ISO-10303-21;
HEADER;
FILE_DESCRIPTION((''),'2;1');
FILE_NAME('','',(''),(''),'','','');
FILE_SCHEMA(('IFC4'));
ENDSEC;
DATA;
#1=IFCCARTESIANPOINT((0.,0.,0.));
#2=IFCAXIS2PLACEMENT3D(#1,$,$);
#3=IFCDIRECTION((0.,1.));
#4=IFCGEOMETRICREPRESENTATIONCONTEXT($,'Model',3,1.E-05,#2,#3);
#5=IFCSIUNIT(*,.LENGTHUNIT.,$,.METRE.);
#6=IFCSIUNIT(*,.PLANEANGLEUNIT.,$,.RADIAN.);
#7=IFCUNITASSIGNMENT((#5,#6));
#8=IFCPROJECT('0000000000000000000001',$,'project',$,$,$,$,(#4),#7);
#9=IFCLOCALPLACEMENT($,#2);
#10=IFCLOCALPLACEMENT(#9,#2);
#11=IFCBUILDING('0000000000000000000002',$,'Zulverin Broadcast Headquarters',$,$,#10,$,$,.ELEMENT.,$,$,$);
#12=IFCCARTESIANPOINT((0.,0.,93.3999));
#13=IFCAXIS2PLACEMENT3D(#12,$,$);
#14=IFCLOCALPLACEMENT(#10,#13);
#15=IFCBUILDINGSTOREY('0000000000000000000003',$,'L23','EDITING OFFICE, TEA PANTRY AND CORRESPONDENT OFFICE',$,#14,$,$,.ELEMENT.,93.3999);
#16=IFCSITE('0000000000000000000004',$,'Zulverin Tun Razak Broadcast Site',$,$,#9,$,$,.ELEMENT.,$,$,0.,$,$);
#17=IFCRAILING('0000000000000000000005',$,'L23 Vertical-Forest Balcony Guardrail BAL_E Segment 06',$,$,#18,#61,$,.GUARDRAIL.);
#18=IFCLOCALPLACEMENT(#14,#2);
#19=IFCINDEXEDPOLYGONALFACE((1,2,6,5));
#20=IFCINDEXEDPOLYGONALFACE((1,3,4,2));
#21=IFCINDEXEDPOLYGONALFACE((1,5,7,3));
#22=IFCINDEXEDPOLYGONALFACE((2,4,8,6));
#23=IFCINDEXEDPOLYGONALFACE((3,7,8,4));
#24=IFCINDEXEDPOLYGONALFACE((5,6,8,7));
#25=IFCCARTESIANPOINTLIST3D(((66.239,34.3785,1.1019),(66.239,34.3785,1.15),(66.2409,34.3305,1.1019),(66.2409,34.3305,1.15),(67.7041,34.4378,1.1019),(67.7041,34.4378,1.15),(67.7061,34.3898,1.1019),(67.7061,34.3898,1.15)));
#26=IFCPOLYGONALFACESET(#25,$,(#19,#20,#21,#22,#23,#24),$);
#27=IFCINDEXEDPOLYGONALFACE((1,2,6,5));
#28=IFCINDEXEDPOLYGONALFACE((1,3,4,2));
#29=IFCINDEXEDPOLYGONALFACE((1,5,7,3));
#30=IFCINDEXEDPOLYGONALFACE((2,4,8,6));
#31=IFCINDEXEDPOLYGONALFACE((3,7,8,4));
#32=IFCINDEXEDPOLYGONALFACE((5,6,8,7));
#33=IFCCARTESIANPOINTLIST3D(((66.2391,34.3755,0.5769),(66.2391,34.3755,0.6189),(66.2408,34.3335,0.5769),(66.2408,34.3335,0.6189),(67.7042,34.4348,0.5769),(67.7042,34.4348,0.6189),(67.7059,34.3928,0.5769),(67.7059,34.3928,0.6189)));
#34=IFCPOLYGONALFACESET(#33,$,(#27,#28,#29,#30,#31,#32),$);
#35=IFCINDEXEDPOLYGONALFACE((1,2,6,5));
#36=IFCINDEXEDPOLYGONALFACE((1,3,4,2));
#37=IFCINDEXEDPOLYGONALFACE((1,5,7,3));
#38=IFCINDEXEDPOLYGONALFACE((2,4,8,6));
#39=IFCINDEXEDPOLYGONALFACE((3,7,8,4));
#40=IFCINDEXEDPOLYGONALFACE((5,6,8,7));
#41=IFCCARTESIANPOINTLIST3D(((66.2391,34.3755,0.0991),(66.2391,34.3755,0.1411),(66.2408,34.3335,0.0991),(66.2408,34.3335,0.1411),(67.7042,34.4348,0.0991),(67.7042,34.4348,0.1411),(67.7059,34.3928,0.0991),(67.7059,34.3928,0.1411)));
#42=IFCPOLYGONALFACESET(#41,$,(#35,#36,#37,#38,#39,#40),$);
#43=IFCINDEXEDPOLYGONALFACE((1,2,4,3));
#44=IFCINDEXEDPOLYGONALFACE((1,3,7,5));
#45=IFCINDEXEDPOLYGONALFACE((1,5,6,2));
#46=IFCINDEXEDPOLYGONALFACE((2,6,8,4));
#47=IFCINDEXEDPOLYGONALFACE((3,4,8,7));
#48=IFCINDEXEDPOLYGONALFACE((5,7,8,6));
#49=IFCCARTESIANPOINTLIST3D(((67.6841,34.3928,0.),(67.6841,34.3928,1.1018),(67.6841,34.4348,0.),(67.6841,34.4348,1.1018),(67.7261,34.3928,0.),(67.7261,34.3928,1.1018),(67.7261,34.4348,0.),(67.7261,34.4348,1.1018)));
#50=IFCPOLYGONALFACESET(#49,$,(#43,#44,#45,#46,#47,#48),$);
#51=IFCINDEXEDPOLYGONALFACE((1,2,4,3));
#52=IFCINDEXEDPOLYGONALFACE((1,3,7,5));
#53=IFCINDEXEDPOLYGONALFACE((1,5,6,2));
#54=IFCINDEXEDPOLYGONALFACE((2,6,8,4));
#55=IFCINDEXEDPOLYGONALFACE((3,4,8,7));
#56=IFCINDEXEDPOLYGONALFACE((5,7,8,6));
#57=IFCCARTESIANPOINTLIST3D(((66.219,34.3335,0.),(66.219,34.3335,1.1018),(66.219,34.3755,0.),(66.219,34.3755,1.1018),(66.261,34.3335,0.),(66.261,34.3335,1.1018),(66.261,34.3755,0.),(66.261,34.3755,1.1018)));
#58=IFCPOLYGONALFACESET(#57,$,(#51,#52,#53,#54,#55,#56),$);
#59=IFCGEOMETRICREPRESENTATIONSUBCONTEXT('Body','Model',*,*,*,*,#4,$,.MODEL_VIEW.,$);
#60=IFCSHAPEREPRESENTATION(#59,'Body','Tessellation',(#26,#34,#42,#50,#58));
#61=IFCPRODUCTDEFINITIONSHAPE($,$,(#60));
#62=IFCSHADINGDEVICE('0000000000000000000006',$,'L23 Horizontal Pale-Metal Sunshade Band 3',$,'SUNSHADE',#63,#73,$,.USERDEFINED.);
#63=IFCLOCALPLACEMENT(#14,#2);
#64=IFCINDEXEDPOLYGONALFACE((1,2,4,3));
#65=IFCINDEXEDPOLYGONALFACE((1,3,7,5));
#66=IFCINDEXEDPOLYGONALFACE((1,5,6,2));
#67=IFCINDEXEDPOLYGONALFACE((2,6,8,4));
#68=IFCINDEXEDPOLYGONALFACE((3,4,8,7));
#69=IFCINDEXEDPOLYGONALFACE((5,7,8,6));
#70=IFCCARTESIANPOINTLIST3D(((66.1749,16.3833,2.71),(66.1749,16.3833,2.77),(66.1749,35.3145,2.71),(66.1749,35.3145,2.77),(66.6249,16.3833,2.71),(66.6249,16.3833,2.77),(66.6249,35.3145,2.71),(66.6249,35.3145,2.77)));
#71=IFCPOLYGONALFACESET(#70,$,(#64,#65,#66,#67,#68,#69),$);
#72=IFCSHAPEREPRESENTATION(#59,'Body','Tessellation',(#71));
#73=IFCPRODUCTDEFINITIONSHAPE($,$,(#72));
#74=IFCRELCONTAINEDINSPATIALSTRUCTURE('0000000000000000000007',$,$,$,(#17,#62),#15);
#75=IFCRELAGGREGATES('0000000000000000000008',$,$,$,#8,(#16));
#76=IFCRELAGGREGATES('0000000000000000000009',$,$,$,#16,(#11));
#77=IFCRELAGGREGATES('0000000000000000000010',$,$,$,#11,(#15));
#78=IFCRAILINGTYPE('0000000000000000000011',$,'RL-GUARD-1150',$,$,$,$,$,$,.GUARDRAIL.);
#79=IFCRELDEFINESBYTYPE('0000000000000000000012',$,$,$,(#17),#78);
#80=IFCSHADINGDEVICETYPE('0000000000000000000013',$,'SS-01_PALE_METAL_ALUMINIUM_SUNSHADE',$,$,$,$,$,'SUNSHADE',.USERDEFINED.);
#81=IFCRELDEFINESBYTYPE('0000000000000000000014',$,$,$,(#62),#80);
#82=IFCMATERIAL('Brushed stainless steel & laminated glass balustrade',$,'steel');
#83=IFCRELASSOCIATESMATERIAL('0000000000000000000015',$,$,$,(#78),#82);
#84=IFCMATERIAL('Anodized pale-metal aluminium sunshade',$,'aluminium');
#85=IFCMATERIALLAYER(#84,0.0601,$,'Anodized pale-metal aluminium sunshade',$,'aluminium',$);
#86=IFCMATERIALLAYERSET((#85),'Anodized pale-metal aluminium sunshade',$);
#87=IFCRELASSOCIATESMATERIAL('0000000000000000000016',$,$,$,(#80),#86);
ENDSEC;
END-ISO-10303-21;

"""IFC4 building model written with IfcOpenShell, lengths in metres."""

from ifc_helpers import new_model, si_unit, direction, frame, origin, origin_2d, place, context, subcontext, project, spatial, rectangle, extrude, material, layer, layer_set, type_object, element, save


model = new_model("IFC4")

# Units and contexts
model_context = context("Model", 3, precision=1e-05, world=origin(), true_north=direction((0.0, 1.0)))
body_context = subcontext(model_context, "Body", "Model", "MODEL_VIEW")
ifc_project = project(units=[si_unit("LENGTHUNIT", "METRE"), si_unit("PLANEANGLEUNIT", "RADIAN")], contexts=[model_context])

# Site, building, storey
site_placement = place(None, origin())
site = spatial("IfcSite", under=ifc_project, at=site_placement, Name="Zulverin Tun Razak Broadcast Site", CompositionType="ELEMENT", RefElevation=0.0)
building_placement = place(site_placement, origin())
building = spatial("IfcBuilding", under=site, at=building_placement, Name="Zulverin Broadcast Headquarters", CompositionType="ELEMENT")
storey_placement = place(building_placement, frame((0.0, 0.0, 93.3999)))
storey = spatial("IfcBuildingStorey", under=building, at=storey_placement, Name="L23", Description="EDITING OFFICE, TEA PANTRY AND CORRESPONDENT OFFICE", CompositionType="ELEMENT", Elevation=93.3999)

# Railing
ifc_material_1 = material(Name="Brushed stainless steel & laminated glass balustrade", Category="steel")
railing_type = type_object("IfcRailingType", Name="RL-GUARD-1150", PredefinedType="GUARDRAIL", material=ifc_material_1)
railing_1_placement = place(storey_placement, frame((67.7051, 34.4138, 0.0)))
element("IfcRailing", 1, at=railing_1_placement, inside=storey, type_object=railing_type, Name="L23 Vertical-Forest Balcony Guardrail BAL_E Segment 06", PredefinedType="GUARDRAIL", context=body_context, shape_type="SweptSolid", body=[
    extrude(rectangle(XDim=0.0481, YDim=0.0481, at=origin_2d()), frame((0.0, 0.0, 1.126), z_axis=(-0.999181, -0.04046, 0.0), x_axis=(0.04046, -0.999181, 0.0)), (0.0, 0.0, 1.0), 1.4663),
    extrude(rectangle(XDim=0.042, YDim=0.042, at=origin_2d()), frame((0.0, 0.0, 0.5979), z_axis=(-0.999181, -0.04046, 0.0), x_axis=(0.04046, -0.999181, 0.0)), (0.0, 0.0, 1.0), 1.4663),
    extrude(rectangle(XDim=0.042, YDim=0.042, at=origin_2d()), frame((0.0, 0.0, 0.1201), z_axis=(-0.999181, -0.04046, 0.0), x_axis=(0.04046, -0.999181, 0.0)), (0.0, 0.0, 1.0), 1.4663),
    extrude(rectangle(XDim=0.042, YDim=0.042, at=origin_2d()), origin(), (0.0, 0.0, 1.0), 1.1018),
    extrude(rectangle(XDim=0.042, YDim=0.042, at=origin_2d()), frame((-1.4651, -0.0593, 0.0)), (0.0, 0.0, 1.0), 1.1018),
])

# Shading device
ifc_material_2 = material(Name="Anodized pale-metal aluminium sunshade", Category="aluminium")
ifc_layer_1 = layer(ifc_material_2, 0.0601, Name="Anodized pale-metal aluminium sunshade", Category="aluminium")
ifc_layer_set_1 = layer_set([ifc_layer_1], Name="Anodized pale-metal aluminium sunshade")
shading_device_type = type_object("IfcShadingDeviceType", Name="SS-01_PALE_METAL_ALUMINIUM_SUNSHADE", ElementType="SUNSHADE", PredefinedType="USERDEFINED", material=ifc_layer_set_1)
shading_device_placement = place(storey_placement, frame((66.3999, 25.8489, 2.71), z_axis=(0.0, 0.0, 1.0), x_axis=(0.0, 1.0, 0.0)))
element("IfcShadingDevice", 2, at=shading_device_placement, inside=storey, type_object=shading_device_type, Name="L23 Horizontal Pale-Metal Sunshade Band 3", ObjectType="SUNSHADE", PredefinedType="USERDEFINED", context=body_context, shape_type="SweptSolid", body=[
    extrude(rectangle(XDim=18.9312, YDim=0.45, at=origin_2d()), origin(), (0.0, 0.0, 1.0), 0.0601),
])

save(model, "model.ifc")
